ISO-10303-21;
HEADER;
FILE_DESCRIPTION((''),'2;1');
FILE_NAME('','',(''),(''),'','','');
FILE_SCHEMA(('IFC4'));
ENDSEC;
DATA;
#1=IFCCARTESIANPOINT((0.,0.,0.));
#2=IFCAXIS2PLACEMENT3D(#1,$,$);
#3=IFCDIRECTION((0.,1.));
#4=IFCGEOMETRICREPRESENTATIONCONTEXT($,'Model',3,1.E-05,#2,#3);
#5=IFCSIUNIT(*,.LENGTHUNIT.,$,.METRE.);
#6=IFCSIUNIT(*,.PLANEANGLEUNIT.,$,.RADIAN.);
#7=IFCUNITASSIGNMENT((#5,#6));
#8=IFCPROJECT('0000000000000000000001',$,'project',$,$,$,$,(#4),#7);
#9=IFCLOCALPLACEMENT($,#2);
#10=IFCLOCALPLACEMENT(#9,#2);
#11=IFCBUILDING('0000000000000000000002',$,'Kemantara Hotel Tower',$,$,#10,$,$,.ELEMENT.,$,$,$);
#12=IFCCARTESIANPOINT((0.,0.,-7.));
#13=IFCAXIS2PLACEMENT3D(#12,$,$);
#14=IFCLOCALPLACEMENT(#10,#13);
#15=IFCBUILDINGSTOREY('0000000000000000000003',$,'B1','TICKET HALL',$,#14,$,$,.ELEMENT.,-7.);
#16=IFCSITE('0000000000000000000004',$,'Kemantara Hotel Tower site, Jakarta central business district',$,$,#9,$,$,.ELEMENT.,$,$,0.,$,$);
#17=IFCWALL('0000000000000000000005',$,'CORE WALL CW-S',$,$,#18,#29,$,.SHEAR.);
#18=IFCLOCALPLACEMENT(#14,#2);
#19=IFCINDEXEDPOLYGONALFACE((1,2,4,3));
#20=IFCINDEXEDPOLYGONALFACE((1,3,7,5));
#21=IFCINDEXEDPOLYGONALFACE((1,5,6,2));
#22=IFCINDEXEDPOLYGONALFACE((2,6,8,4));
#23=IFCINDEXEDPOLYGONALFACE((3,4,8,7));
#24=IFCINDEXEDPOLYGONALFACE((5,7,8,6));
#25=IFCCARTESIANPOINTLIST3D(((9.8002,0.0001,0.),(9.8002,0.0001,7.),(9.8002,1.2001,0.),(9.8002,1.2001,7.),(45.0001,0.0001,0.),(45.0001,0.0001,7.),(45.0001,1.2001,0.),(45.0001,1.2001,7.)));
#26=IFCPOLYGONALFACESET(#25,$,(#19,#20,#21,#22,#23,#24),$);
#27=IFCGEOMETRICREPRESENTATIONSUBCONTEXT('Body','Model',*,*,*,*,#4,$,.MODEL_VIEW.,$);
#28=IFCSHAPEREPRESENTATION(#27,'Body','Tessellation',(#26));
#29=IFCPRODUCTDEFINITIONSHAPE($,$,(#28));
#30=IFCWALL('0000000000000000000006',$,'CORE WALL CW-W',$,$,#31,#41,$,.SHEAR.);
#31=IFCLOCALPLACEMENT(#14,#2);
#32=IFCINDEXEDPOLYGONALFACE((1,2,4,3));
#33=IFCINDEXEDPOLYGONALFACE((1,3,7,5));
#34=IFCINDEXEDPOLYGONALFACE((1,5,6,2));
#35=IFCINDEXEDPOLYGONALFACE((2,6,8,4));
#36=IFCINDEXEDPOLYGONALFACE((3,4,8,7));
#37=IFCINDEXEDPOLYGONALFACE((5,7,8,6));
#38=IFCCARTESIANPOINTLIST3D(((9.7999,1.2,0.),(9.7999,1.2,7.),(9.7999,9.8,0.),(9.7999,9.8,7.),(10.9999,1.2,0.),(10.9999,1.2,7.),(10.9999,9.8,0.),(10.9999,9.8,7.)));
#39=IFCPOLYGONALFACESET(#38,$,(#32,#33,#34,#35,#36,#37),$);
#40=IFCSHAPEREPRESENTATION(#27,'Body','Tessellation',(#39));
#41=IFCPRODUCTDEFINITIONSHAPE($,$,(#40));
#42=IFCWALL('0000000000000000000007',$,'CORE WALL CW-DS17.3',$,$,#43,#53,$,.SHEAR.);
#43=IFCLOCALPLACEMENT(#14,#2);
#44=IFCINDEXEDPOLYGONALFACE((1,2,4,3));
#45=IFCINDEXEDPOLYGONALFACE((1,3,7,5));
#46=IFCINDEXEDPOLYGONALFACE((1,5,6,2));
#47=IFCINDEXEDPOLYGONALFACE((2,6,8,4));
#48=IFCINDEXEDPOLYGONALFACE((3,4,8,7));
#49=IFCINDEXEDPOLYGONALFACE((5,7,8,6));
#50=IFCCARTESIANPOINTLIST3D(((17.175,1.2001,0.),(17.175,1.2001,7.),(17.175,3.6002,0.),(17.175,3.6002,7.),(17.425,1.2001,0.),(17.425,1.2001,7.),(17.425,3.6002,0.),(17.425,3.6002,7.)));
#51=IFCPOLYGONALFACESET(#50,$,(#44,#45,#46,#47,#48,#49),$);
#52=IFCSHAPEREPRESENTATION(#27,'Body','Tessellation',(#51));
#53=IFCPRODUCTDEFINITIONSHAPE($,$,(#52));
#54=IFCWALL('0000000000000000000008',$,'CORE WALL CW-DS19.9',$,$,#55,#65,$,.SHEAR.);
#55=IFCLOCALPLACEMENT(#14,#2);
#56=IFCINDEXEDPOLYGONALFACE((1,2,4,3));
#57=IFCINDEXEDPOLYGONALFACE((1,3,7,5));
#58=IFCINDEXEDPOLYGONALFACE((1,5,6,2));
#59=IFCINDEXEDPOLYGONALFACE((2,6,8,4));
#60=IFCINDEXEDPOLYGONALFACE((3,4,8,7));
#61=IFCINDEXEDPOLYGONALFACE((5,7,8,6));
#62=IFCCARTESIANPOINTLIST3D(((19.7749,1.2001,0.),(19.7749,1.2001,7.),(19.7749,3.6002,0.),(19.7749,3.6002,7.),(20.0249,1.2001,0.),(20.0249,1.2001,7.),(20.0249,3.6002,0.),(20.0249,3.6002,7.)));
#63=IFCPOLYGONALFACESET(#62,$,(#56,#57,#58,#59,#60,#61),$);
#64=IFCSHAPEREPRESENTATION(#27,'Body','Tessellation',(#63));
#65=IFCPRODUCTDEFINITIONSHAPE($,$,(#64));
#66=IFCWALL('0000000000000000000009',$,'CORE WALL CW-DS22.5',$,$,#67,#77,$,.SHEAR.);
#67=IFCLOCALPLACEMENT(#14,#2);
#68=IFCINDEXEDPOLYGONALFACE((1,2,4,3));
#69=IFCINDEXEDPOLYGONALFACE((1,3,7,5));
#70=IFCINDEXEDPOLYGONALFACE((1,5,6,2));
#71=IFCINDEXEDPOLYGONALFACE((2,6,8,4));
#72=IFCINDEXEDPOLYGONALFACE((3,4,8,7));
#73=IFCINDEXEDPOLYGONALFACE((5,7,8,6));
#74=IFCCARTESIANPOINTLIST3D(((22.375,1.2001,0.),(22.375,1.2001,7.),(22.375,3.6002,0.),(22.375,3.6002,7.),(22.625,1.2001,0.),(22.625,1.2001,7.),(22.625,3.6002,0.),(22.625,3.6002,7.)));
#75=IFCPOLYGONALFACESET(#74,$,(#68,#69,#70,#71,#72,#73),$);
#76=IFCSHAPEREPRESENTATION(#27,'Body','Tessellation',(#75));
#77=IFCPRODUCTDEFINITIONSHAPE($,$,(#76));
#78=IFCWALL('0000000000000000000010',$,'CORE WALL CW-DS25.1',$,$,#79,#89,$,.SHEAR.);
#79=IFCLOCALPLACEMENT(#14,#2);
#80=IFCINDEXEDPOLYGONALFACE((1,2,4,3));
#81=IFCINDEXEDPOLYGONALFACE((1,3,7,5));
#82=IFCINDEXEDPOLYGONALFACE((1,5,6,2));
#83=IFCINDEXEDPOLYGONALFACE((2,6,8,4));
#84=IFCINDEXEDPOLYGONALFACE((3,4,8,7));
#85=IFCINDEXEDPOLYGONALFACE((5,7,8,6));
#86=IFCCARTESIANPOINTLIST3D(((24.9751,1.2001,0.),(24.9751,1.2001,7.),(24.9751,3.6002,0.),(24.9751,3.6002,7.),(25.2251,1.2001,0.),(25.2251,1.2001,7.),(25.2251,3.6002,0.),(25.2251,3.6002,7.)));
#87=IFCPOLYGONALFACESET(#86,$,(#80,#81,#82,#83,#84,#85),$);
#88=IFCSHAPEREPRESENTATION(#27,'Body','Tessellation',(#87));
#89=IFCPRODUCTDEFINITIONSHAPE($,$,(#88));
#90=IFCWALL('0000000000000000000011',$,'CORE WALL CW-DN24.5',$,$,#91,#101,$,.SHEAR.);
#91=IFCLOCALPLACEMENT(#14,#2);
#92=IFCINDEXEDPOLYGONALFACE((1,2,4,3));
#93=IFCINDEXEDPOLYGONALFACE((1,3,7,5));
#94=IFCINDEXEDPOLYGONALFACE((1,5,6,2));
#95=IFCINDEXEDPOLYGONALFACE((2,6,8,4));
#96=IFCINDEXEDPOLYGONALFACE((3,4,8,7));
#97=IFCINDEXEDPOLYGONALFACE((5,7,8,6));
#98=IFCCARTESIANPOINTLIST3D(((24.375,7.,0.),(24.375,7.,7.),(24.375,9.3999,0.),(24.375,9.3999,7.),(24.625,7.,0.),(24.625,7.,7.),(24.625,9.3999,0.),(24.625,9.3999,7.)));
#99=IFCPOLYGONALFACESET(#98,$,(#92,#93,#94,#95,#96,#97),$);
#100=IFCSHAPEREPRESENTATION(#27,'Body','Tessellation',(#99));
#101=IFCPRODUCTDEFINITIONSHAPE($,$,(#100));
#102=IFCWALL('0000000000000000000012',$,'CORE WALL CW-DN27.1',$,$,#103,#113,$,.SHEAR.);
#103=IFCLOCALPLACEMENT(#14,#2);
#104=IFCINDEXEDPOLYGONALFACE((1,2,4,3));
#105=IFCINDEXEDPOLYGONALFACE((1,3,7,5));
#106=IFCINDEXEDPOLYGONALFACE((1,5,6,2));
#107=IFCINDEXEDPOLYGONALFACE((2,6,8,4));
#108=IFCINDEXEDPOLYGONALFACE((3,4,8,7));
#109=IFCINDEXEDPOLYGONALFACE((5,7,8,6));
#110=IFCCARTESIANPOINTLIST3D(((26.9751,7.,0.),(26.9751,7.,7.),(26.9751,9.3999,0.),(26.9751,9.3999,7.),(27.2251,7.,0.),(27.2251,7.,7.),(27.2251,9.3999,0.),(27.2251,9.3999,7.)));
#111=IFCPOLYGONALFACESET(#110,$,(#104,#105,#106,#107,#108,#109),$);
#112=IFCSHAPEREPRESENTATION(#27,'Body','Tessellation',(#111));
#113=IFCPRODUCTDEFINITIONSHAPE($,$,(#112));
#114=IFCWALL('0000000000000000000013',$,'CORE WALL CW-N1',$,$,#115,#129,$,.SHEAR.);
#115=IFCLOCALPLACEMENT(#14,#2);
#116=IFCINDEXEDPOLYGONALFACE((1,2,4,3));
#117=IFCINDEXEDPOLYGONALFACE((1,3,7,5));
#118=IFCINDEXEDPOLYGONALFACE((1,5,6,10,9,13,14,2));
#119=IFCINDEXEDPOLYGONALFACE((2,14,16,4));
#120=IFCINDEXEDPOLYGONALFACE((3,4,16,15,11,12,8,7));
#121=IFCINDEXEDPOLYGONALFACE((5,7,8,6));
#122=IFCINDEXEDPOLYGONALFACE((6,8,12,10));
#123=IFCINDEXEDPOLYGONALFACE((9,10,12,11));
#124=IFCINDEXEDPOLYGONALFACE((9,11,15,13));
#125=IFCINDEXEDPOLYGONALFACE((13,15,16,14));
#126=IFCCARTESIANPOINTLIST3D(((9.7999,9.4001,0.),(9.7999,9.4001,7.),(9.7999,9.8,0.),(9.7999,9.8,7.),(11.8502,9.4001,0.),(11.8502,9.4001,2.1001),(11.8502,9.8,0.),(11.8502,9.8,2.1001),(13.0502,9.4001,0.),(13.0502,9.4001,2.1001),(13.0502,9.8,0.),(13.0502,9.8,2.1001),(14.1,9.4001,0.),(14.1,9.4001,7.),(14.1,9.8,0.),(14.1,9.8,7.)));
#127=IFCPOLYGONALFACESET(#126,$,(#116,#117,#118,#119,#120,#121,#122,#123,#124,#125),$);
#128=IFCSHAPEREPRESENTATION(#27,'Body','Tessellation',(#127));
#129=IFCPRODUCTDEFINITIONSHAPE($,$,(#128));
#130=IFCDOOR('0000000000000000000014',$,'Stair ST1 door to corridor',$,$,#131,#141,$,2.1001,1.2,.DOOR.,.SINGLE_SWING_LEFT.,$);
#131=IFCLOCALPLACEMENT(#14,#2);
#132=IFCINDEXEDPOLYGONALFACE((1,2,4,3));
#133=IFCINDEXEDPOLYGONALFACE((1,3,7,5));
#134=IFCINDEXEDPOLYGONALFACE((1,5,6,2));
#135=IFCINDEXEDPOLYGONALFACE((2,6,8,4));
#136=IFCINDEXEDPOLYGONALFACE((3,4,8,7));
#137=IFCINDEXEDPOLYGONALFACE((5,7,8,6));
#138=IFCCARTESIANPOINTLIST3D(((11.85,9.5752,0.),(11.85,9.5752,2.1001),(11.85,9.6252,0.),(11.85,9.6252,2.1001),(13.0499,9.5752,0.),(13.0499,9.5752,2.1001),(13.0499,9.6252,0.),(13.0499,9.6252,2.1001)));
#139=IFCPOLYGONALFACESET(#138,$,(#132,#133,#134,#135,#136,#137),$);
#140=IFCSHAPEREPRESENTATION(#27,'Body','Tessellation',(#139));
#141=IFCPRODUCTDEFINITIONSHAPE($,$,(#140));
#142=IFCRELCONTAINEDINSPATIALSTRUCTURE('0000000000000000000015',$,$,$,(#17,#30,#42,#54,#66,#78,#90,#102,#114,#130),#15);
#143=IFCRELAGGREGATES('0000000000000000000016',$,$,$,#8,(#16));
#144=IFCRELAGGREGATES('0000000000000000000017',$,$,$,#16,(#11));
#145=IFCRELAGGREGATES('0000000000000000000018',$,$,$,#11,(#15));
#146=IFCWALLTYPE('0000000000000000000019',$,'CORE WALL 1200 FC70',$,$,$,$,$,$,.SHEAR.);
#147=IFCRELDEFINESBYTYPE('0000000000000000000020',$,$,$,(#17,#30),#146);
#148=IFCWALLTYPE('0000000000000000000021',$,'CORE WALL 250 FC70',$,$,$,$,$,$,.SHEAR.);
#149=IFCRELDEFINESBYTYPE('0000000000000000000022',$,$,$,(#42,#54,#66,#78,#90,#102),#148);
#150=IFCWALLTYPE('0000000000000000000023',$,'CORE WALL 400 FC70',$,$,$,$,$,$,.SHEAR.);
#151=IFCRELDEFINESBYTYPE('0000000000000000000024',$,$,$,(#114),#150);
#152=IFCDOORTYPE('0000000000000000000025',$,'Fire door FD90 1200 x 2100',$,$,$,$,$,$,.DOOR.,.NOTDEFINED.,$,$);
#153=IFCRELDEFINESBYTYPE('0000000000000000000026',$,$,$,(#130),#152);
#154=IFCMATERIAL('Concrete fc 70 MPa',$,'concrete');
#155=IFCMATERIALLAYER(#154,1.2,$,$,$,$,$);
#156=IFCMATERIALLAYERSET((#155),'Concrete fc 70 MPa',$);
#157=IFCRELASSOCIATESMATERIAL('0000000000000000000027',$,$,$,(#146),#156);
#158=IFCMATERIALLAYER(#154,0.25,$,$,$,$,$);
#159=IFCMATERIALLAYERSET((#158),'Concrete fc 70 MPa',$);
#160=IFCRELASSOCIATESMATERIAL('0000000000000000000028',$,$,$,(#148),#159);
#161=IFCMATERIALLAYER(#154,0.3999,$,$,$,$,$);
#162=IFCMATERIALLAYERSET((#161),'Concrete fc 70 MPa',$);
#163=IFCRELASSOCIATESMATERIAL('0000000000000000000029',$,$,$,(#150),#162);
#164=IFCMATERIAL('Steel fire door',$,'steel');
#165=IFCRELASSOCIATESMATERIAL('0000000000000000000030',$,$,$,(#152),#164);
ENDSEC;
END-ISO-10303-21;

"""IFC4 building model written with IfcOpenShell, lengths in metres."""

from ifc_helpers import new_model, si_unit, direction, frame, frame_2d, origin, place, context, subcontext, project, spatial, rectangle, extrude, material, layer, layer_set, type_object, element, fill, save


model = new_model("IFC4")

# Units and contexts
model_context = context("Model", 3, precision=1e-05, world=origin(), true_north=direction((0.0, 1.0)))
body_context = subcontext(model_context, "Body", "Model", "MODEL_VIEW")
ifc_project = project(units=[si_unit("LENGTHUNIT", "METRE"), si_unit("PLANEANGLEUNIT", "RADIAN")], contexts=[model_context])

# Site, building, storey
site_placement = place(None, origin())
site = spatial("IfcSite", under=ifc_project, at=site_placement, Name="Kemantara Hotel Tower site, Jakarta central business district", CompositionType="ELEMENT", RefElevation=0.0)
building_placement = place(site_placement, origin())
building = spatial("IfcBuilding", under=site, at=building_placement, Name="Kemantara Hotel Tower", CompositionType="ELEMENT")
storey_placement = place(building_placement, frame((0.0, 0.0, -7.0)))
storey = spatial("IfcBuildingStorey", under=building, at=storey_placement, Name="B1", Description="TICKET HALL", CompositionType="ELEMENT", Elevation=-7.0)

# Walls
ifc_material_1 = material(Name="Concrete fc 70 MPa", Category="concrete")
ifc_layer_1 = layer(ifc_material_1, 1.2)
ifc_layer_set_1 = layer_set([ifc_layer_1], Name="Concrete fc 70 MPa")
wall_type_1 = type_object("IfcWallType", Name="CORE WALL 1200 FC70", PredefinedType="SHEAR", material=ifc_layer_set_1)
wall_1_placement = place(storey_placement, frame((9.8, 0.6001, 0.0), z_axis=(0.0, 0.0, 1.0), x_axis=(1.0, 0.0, 0.0)))
element("IfcWall", 1, at=wall_1_placement, inside=storey, type_object=wall_type_1, Name="CORE WALL CW-S", PredefinedType="SHEAR", context=body_context, shape_type="SweptSolid", body=[
    extrude(rectangle(XDim=35.2, YDim=1.2, at=frame_2d((17.6001, 0.0))), origin(), (0.0, 0.0, 1.0), 7.0),
])
wall_2_placement = place(storey_placement, frame((10.3999, 1.2, 0.0), z_axis=(0.0, 0.0, 1.0), x_axis=(0.0, 1.0, 0.0)))
element("IfcWall", 2, at=wall_2_placement, inside=storey, type_object=wall_type_1, Name="CORE WALL CW-W", PredefinedType="SHEAR", context=body_context, shape_type="SweptSolid", body=[
    extrude(rectangle(XDim=8.6001, YDim=1.2, at=frame_2d((4.3, 0.0))), origin(), (0.0, 0.0, 1.0), 7.0),
])
ifc_layer_2 = layer(ifc_material_1, 0.25)
ifc_layer_set_2 = layer_set([ifc_layer_2], Name="Concrete fc 70 MPa")
wall_type_2 = type_object("IfcWallType", Name="CORE WALL 250 FC70", PredefinedType="SHEAR", material=ifc_layer_set_2)
for number, where, z_axis, x_axis, name in (
    (3, (17.3, 1.2, 0.0), (0.0, 0.0, 1.0), (0.0, 1.0, 0.0), "CORE WALL CW-DS17.3"),
    (4, (19.8999, 1.2, 0.0), (0.0, 0.0, 1.0), (0.0, 1.0, 0.0), "CORE WALL CW-DS19.9"),
    (5, (22.5, 1.2, 0.0), (0.0, 0.0, 1.0), (0.0, 1.0, 0.0), "CORE WALL CW-DS22.5"),
    (6, (25.1001, 1.2, 0.0), (0.0, 0.0, 1.0), (0.0, 1.0, 0.0), "CORE WALL CW-DS25.1"),
):
    element("IfcWall", number, at=place(storey_placement, frame(where, z_axis=z_axis, x_axis=x_axis)), inside=storey, type_object=wall_type_2, Name=name, PredefinedType="SHEAR", context=body_context, shape_type="SweptSolid", body=[
        extrude(rectangle(XDim=2.4001, YDim=0.25, at=frame_2d((1.2002, 0.0))), origin(), (0.0, 0.0, 1.0), 7.0),
    ])
for number, where, z_axis, x_axis, name in (
    (7, (24.5, 7.0, 0.0), (0.0, 0.0, 1.0), (0.0, 1.0, 0.0), "CORE WALL CW-DN24.5"),
    (8, (27.1001, 7.0, 0.0), (0.0, 0.0, 1.0), (0.0, 1.0, 0.0), "CORE WALL CW-DN27.1"),
):
    element("IfcWall", number, at=place(storey_placement, frame(where, z_axis=z_axis, x_axis=x_axis)), inside=storey, type_object=wall_type_2, Name=name, PredefinedType="SHEAR", context=body_context, shape_type="SweptSolid", body=[
        extrude(rectangle(XDim=2.3999, YDim=0.25, at=frame_2d((1.2, 0.0))), origin(), (0.0, 0.0, 1.0), 7.0),
    ])

# Wall, opening, door
ifc_layer_3 = layer(ifc_material_1, 0.3999)
ifc_layer_set_3 = layer_set([ifc_layer_3], Name="Concrete fc 70 MPa")
wall_type_3 = type_object("IfcWallType", Name="CORE WALL 400 FC70", PredefinedType="SHEAR", material=ifc_layer_set_3)
wall_3_placement = place(storey_placement, frame((9.8, 9.6001, 0.0), z_axis=(0.0, 0.0, 1.0), x_axis=(1.0, 0.0, 0.0)))
wall_3 = element("IfcWall", 9, at=wall_3_placement, inside=storey, type_object=wall_type_3, Name="CORE WALL CW-N1", PredefinedType="SHEAR", context=body_context, shape_type="SweptSolid", body=[
    extrude(rectangle(XDim=4.3, YDim=0.3999, at=frame_2d((2.1499, 0.0))), origin(), (0.0, 0.0, 1.0), 7.0),
])
opening_1_placement = place(wall_3_placement, frame((2.05, 0.0, 0.0)))
opening_1 = element("IfcOpeningElement", 10, at=opening_1_placement, cuts=wall_3, PredefinedType="OPENING", context=body_context, shape_type="SweptSolid", body=[
    extrude(rectangle(XDim=1.2, YDim=2.1001, at=frame_2d((0.6001, 1.05))), frame((0.0, 0.21, 0.0), z_axis=(0.0, -1.0, 0.0), x_axis=(1.0, 0.0, 0.0)), (0.0, 0.0, 1.0), 0.4199),
])
ifc_material_2 = material(Name="Steel fire door", Category="steel")
door_type_1 = type_object("IfcDoorType", Name="Fire door FD90 1200 x 2100", OperationType="NOTDEFINED", PredefinedType="DOOR", material=ifc_material_2)
door_1_placement = place(opening_1_placement, frame((1.2, 0.0, 0.0), z_axis=(0.0, 0.0, 1.0), x_axis=(-1.0, 0.0, 0.0)))
door_1 = element("IfcDoor", 11, at=door_1_placement, inside=storey, type_object=door_type_1, Name="Stair ST1 door to corridor", OperationType="SINGLE_SWING_LEFT", OverallHeight=2.1001, OverallWidth=1.2, PredefinedType="DOOR", context=body_context, shape_type="SweptSolid", body=[
    extrude(rectangle(XDim=1.2, YDim=2.1001, at=frame_2d((0.6001, 1.05))), frame((0.0, 0.0249, 0.0), z_axis=(0.0, -1.0, 0.0), x_axis=(1.0, 0.0, 0.0)), (0.0, 0.0, 1.0), 0.05),
])
fill(opening_1, door_1)

save(model, "model.ifc")
